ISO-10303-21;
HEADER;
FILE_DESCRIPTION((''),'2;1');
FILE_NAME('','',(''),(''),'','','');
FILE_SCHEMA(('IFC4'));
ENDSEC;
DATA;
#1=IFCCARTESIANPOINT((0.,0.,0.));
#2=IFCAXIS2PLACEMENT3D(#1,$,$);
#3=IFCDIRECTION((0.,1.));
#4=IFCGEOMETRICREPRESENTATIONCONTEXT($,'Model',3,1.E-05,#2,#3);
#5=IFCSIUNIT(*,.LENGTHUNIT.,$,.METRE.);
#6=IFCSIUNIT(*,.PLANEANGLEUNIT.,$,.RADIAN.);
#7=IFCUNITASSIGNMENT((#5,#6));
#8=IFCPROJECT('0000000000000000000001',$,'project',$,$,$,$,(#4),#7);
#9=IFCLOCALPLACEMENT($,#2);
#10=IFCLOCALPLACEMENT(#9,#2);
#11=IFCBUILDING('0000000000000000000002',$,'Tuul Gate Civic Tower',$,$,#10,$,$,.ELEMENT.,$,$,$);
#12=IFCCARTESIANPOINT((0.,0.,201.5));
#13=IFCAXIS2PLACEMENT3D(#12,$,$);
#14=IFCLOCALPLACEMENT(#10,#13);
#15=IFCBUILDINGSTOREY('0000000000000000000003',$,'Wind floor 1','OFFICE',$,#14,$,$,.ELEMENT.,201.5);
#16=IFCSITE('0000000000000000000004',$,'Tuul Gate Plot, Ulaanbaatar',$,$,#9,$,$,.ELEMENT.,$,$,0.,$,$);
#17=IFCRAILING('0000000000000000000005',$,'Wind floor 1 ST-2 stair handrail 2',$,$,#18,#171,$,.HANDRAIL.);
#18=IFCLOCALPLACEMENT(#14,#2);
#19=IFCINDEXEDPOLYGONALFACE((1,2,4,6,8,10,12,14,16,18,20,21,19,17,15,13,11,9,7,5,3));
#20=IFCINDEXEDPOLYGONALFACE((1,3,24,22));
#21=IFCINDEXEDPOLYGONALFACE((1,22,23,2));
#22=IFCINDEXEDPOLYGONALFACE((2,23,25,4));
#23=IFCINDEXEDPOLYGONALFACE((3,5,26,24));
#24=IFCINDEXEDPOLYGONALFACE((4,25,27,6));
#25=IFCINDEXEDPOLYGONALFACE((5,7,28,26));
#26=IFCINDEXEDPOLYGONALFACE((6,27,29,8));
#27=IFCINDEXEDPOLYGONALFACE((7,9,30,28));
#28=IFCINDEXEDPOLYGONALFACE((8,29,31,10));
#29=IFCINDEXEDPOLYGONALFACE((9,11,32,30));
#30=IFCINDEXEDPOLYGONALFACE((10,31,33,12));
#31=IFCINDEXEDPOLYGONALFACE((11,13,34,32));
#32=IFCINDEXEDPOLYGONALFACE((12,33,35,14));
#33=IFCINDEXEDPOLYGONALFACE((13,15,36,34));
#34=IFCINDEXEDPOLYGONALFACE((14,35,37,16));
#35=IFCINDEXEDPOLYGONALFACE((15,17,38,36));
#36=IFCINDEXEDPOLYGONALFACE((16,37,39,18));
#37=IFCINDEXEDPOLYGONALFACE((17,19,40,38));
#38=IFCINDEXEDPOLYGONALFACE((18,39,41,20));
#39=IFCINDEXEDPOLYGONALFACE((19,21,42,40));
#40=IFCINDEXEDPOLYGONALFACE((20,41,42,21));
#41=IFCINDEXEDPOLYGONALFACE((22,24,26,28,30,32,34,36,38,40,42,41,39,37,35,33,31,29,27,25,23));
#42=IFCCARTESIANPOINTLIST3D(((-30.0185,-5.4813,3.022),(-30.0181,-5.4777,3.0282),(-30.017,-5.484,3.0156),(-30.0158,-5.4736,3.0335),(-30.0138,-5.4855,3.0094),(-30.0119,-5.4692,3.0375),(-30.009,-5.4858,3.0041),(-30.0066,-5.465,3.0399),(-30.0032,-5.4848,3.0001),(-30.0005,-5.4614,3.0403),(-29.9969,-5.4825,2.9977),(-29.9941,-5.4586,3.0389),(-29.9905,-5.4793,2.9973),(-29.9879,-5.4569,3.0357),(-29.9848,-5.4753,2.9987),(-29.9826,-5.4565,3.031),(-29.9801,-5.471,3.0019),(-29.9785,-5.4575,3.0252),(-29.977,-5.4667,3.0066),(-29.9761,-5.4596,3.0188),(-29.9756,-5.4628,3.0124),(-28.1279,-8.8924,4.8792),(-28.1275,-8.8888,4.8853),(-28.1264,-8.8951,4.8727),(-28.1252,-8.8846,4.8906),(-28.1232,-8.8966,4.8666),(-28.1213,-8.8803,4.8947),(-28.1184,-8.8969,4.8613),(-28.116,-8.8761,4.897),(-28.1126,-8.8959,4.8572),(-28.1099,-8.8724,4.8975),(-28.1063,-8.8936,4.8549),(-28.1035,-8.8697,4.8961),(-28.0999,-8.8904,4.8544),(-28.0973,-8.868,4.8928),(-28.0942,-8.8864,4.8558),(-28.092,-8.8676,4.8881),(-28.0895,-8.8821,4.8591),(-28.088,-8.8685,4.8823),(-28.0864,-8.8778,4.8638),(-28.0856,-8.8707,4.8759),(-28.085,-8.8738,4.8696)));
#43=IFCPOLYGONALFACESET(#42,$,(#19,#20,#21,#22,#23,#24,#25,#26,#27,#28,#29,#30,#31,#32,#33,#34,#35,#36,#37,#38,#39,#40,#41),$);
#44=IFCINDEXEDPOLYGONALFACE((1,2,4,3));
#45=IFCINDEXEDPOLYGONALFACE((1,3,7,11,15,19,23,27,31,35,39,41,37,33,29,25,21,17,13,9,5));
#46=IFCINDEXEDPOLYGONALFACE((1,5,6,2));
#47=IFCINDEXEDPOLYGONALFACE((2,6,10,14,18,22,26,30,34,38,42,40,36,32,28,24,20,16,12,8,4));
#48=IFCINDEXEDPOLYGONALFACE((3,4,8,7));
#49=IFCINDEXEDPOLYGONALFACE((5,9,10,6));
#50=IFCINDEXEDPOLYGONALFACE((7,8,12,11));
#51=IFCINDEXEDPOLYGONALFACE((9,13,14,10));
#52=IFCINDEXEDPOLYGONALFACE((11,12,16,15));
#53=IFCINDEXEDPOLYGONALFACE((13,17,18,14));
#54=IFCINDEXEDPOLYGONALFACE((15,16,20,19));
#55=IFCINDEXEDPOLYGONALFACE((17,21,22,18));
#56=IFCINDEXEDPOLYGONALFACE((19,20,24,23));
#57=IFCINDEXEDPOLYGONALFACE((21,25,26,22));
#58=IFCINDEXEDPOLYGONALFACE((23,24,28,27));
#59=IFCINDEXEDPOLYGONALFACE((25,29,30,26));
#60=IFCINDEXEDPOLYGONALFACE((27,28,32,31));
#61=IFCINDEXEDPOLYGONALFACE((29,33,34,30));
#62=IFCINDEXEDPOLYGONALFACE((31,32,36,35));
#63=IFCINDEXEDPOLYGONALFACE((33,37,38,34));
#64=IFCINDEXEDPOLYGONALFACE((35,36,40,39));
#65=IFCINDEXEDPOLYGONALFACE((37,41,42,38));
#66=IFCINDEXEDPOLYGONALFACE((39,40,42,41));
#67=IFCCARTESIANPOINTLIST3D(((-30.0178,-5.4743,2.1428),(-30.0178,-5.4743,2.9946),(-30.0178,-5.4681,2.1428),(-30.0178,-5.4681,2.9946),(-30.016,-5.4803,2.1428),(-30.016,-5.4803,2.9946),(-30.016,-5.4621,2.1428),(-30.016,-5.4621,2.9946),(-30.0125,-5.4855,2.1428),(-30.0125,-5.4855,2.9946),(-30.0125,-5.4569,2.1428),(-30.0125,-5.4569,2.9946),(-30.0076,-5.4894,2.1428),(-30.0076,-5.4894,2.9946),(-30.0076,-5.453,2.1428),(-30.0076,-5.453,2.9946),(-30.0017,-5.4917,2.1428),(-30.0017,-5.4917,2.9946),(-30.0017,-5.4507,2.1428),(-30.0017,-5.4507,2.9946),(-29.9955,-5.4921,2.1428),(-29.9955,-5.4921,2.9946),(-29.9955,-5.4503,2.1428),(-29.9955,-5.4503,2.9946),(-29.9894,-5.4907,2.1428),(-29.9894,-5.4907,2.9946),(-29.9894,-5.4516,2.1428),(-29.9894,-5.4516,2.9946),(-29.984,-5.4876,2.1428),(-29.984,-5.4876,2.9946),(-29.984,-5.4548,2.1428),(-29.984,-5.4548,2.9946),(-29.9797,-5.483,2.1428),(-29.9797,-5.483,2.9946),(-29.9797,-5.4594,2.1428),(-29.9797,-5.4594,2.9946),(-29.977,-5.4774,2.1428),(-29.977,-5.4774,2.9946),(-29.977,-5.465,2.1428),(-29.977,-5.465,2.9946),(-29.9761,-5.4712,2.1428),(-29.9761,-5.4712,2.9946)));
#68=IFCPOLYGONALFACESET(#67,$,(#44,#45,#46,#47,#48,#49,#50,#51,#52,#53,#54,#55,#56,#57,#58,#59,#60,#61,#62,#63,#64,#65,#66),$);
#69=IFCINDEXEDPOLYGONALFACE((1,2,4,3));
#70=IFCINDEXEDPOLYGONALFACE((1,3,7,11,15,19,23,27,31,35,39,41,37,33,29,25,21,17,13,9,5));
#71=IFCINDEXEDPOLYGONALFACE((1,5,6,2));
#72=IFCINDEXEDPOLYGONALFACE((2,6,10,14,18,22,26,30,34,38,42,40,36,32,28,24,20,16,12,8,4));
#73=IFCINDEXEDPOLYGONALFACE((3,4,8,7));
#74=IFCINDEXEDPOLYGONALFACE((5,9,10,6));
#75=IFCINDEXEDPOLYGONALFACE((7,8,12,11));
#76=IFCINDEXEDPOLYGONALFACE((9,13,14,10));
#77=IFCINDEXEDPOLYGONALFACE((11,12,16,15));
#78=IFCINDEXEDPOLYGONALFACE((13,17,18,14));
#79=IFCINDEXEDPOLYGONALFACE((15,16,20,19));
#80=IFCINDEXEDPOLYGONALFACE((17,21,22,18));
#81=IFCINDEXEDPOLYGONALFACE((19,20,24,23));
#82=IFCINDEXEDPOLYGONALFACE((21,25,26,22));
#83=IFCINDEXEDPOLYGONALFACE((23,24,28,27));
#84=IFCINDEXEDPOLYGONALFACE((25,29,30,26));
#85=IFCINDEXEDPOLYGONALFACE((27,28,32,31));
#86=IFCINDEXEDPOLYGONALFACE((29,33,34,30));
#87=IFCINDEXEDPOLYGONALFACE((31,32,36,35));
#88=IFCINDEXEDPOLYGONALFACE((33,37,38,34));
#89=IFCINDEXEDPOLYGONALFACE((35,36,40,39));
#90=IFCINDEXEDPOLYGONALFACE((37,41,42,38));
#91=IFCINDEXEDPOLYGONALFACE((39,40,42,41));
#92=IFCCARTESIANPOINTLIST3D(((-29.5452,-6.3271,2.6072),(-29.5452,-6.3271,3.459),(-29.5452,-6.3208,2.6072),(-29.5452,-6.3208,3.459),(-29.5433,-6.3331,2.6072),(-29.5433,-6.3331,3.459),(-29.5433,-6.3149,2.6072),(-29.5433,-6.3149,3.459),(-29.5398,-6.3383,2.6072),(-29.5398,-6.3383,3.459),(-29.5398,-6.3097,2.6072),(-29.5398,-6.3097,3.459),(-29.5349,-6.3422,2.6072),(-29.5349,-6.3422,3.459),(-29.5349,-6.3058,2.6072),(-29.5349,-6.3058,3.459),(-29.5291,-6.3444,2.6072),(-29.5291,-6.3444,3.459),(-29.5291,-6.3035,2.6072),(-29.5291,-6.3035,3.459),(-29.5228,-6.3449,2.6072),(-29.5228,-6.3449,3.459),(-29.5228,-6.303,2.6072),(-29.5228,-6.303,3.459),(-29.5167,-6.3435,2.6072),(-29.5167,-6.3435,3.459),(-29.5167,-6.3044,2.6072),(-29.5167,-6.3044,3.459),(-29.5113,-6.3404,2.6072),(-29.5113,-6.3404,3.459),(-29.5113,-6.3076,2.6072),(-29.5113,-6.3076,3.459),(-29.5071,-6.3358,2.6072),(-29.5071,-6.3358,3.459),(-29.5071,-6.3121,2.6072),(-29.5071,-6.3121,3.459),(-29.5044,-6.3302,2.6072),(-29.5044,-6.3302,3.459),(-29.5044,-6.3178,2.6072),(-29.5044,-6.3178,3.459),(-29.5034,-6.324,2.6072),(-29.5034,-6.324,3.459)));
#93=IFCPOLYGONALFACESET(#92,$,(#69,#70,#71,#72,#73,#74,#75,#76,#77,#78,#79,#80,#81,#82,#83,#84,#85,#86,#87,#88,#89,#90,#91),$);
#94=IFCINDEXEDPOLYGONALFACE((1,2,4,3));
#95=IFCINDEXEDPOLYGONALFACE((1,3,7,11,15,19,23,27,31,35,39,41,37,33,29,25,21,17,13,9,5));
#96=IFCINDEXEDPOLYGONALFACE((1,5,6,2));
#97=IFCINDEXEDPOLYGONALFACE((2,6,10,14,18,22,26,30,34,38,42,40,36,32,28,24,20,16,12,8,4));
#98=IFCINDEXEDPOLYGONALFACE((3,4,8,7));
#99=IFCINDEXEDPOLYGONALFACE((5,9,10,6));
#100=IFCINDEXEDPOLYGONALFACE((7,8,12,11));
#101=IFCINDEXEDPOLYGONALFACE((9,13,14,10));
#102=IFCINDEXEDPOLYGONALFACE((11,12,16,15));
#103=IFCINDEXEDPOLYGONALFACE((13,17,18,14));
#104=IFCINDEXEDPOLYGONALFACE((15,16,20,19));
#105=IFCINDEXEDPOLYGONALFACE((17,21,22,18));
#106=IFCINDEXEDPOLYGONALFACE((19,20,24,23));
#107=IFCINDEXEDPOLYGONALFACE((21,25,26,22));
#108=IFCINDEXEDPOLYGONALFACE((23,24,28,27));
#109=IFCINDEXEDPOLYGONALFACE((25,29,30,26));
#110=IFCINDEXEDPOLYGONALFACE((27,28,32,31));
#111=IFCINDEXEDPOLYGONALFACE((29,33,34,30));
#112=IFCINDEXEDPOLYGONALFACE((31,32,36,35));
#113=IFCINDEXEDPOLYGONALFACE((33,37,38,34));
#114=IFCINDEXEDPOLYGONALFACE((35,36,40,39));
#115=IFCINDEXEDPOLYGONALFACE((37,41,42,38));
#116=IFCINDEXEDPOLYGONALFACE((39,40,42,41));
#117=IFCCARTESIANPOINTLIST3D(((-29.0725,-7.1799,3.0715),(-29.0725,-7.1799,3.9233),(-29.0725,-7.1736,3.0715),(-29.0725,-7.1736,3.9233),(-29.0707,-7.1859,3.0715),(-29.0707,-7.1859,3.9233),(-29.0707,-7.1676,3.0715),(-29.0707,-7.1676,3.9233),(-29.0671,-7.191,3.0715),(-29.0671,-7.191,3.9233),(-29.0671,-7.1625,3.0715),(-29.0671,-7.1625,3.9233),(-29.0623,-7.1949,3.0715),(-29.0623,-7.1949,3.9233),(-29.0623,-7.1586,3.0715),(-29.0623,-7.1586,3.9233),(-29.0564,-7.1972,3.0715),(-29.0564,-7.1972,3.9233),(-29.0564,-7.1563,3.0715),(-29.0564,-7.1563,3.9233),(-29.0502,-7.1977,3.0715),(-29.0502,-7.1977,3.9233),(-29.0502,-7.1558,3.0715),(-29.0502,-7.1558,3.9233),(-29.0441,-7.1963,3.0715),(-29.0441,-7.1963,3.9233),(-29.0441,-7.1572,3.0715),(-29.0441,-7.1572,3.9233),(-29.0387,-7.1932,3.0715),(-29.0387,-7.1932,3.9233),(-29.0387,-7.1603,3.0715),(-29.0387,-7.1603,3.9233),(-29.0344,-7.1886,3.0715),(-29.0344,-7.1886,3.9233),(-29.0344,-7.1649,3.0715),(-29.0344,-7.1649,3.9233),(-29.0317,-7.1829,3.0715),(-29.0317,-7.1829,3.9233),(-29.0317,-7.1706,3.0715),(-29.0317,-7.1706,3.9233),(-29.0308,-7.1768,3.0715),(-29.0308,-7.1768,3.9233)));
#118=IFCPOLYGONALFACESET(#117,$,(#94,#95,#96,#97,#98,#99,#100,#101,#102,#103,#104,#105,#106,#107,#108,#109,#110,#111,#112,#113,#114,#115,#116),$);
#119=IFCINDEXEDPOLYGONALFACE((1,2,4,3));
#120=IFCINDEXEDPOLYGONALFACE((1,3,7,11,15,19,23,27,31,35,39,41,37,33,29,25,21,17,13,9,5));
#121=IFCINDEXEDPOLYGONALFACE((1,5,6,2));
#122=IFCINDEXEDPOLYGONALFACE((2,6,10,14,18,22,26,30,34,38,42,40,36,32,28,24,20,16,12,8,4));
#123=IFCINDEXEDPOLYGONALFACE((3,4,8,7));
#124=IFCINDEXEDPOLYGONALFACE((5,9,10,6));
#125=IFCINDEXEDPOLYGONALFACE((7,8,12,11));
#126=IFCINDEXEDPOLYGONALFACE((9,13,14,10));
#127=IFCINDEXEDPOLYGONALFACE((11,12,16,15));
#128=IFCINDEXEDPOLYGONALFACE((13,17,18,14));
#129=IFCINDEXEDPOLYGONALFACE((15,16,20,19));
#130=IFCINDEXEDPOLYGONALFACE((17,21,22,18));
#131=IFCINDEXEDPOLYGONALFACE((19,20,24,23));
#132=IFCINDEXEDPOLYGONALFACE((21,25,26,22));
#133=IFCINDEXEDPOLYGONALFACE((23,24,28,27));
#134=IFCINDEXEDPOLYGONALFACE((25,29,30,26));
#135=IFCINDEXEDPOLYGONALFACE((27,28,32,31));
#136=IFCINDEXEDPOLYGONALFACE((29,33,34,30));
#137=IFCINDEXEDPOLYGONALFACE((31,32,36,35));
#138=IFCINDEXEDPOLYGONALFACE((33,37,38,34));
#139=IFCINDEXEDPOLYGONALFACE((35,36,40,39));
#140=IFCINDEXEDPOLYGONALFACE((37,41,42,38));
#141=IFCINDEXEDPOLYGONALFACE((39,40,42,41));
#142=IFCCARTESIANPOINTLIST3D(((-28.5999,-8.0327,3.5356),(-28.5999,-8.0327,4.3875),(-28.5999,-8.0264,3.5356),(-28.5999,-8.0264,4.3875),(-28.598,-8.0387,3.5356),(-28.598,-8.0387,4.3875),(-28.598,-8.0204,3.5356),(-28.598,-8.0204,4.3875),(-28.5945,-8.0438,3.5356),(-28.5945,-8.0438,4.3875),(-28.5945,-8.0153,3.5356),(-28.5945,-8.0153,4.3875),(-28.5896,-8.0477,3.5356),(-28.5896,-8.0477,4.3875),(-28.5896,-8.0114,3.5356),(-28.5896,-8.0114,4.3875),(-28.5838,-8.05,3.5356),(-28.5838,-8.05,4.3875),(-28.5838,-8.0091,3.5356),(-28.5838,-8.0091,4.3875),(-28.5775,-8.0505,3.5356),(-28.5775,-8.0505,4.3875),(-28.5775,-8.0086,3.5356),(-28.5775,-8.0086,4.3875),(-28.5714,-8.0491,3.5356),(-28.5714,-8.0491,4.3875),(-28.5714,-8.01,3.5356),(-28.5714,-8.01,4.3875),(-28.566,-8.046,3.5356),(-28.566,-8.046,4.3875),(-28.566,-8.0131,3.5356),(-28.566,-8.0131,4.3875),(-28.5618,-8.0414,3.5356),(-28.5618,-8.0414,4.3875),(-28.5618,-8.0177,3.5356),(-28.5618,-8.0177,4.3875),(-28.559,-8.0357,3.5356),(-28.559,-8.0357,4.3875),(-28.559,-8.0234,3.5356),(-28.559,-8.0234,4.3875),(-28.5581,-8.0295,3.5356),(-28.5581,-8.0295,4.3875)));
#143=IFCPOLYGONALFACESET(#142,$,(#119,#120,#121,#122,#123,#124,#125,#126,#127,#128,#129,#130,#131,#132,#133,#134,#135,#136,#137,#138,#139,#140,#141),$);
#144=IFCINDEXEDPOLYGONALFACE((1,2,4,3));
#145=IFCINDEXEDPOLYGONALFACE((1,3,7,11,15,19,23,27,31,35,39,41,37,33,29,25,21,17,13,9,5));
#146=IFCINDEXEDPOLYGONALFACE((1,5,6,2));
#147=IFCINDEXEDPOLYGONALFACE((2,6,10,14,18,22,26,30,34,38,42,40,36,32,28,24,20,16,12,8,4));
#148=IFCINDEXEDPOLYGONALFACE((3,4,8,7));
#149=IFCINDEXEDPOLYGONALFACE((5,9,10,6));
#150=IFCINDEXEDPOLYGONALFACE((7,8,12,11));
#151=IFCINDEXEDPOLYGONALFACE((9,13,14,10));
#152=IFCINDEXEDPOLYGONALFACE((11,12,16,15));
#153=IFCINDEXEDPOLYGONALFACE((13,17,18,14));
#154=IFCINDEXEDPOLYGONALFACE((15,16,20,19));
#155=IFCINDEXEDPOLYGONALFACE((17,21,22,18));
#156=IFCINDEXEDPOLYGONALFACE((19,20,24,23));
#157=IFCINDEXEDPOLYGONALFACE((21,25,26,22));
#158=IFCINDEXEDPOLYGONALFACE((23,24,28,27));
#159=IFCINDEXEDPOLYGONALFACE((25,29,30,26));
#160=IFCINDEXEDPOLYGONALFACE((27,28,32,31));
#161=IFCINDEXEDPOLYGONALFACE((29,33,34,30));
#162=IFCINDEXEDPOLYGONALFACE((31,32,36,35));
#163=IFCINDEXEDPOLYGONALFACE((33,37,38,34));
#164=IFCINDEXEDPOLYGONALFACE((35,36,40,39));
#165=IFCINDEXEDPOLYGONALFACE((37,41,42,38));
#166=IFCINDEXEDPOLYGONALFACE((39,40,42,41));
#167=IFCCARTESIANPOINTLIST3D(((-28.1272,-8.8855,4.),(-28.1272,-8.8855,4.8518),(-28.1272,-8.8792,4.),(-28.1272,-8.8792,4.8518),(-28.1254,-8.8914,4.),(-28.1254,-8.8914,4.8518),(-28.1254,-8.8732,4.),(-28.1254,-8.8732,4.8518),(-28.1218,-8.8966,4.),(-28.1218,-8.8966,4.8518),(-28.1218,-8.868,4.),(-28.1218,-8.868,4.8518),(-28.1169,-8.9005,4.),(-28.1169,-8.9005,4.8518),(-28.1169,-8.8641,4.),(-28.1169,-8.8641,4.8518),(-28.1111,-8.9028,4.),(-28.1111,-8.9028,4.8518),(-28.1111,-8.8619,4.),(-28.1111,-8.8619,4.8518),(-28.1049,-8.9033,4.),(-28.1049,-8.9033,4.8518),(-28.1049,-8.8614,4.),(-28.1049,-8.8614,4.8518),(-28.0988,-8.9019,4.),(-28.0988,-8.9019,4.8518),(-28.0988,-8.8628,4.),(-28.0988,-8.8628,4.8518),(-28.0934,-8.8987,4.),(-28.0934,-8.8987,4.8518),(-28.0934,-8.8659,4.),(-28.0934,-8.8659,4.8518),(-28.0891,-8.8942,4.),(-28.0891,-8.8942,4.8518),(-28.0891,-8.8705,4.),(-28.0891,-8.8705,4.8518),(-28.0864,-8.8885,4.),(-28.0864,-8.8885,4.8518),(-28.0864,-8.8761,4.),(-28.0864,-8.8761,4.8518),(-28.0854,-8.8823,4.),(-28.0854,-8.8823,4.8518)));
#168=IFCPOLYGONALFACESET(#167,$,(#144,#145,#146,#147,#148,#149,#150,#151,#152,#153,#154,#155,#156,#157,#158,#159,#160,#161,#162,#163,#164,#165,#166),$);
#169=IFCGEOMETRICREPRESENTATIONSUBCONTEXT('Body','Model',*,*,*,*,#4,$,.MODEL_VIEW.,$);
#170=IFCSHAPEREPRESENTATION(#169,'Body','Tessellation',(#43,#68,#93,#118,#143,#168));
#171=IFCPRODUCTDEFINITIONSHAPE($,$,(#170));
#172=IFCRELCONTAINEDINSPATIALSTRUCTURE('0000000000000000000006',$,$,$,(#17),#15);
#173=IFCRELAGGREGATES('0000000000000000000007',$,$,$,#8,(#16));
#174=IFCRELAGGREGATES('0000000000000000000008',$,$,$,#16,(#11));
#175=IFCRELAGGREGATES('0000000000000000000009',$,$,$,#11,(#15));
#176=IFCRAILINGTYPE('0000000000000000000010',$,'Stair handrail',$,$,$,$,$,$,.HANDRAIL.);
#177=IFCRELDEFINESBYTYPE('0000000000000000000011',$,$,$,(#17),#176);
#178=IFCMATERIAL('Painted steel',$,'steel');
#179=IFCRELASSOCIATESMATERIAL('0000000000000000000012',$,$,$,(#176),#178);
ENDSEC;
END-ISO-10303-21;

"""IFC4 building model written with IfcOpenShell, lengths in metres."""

from ifc_helpers import new_model, si_unit, direction, frame, origin, origin_2d, place, context, subcontext, project, spatial, circle, extrude, material, type_object, element, save


model = new_model("IFC4")

# Units and contexts
model_context = context("Model", 3, precision=1e-05, world=origin(), true_north=direction((0.0, 1.0)))
body_context = subcontext(model_context, "Body", "Model", "MODEL_VIEW")
ifc_project = project(units=[si_unit("LENGTHUNIT", "METRE"), si_unit("PLANEANGLEUNIT", "RADIAN")], contexts=[model_context])

# Site, building, storey
site_placement = place(None, origin())
site = spatial("IfcSite", under=ifc_project, at=site_placement, Name="Tuul Gate Plot, Ulaanbaatar", CompositionType="ELEMENT", RefElevation=0.0)
building_placement = place(site_placement, origin())
building = spatial("IfcBuilding", under=site, at=building_placement, Name="Tuul Gate Civic Tower", CompositionType="ELEMENT")
storey_placement = place(building_placement, frame((0.0, 0.0, 201.5)))
storey = spatial("IfcBuildingStorey", under=building, at=storey_placement, Name="Wind floor 1", Description="OFFICE", CompositionType="ELEMENT", Elevation=201.5)

# Railing
ifc_material_1 = material(Name="Painted steel", Category="steel")
railing_type_1 = type_object("IfcRailingType", Name="Stair handrail", PredefinedType="HANDRAIL", material=ifc_material_1)
for number, where, name in (
    (1, (-29.9971, -5.4712, 2.1428), "Wind floor 1 ST-2 stair handrail 2"),
):
    element("IfcRailing", number, at=place(storey_placement, frame(where)), inside=storey, type_object=railing_type_1, Name=name, PredefinedType="HANDRAIL", context=body_context, shape_type="SweptSolid", body=[
        extrude(circle(Radius=0.0239, at=origin_2d()), frame((0.0, 0.0, 0.876), z_axis=(0.43768, -0.789678, 0.429937), x_axis=(0.874641, 0.484771, 0.0)), (0.0, 0.0, 1.0), 4.3196),
        extrude(circle(Radius=0.021, at=origin_2d()), origin(), (0.0, 0.0, 1.0), 0.8518),
        extrude(circle(Radius=0.021, at=origin_2d()), frame((0.4727, -0.8528, 0.4644)), (0.0, 0.0, 1.0), 0.8518),
        extrude(circle(Radius=0.021, at=origin_2d()), frame((0.9453, -1.7056, 0.9287)), (0.0, 0.0, 1.0), 0.8518),
        extrude(circle(Radius=0.021, at=origin_2d()), frame((1.418, -2.5583, 1.3928)), (0.0, 0.0, 1.0), 0.8518),
        extrude(circle(Radius=0.021, at=origin_2d()), frame((1.8906, -3.4111, 1.8572)), (0.0, 0.0, 1.0), 0.8518),
    ])

save(model, "model.ifc")
